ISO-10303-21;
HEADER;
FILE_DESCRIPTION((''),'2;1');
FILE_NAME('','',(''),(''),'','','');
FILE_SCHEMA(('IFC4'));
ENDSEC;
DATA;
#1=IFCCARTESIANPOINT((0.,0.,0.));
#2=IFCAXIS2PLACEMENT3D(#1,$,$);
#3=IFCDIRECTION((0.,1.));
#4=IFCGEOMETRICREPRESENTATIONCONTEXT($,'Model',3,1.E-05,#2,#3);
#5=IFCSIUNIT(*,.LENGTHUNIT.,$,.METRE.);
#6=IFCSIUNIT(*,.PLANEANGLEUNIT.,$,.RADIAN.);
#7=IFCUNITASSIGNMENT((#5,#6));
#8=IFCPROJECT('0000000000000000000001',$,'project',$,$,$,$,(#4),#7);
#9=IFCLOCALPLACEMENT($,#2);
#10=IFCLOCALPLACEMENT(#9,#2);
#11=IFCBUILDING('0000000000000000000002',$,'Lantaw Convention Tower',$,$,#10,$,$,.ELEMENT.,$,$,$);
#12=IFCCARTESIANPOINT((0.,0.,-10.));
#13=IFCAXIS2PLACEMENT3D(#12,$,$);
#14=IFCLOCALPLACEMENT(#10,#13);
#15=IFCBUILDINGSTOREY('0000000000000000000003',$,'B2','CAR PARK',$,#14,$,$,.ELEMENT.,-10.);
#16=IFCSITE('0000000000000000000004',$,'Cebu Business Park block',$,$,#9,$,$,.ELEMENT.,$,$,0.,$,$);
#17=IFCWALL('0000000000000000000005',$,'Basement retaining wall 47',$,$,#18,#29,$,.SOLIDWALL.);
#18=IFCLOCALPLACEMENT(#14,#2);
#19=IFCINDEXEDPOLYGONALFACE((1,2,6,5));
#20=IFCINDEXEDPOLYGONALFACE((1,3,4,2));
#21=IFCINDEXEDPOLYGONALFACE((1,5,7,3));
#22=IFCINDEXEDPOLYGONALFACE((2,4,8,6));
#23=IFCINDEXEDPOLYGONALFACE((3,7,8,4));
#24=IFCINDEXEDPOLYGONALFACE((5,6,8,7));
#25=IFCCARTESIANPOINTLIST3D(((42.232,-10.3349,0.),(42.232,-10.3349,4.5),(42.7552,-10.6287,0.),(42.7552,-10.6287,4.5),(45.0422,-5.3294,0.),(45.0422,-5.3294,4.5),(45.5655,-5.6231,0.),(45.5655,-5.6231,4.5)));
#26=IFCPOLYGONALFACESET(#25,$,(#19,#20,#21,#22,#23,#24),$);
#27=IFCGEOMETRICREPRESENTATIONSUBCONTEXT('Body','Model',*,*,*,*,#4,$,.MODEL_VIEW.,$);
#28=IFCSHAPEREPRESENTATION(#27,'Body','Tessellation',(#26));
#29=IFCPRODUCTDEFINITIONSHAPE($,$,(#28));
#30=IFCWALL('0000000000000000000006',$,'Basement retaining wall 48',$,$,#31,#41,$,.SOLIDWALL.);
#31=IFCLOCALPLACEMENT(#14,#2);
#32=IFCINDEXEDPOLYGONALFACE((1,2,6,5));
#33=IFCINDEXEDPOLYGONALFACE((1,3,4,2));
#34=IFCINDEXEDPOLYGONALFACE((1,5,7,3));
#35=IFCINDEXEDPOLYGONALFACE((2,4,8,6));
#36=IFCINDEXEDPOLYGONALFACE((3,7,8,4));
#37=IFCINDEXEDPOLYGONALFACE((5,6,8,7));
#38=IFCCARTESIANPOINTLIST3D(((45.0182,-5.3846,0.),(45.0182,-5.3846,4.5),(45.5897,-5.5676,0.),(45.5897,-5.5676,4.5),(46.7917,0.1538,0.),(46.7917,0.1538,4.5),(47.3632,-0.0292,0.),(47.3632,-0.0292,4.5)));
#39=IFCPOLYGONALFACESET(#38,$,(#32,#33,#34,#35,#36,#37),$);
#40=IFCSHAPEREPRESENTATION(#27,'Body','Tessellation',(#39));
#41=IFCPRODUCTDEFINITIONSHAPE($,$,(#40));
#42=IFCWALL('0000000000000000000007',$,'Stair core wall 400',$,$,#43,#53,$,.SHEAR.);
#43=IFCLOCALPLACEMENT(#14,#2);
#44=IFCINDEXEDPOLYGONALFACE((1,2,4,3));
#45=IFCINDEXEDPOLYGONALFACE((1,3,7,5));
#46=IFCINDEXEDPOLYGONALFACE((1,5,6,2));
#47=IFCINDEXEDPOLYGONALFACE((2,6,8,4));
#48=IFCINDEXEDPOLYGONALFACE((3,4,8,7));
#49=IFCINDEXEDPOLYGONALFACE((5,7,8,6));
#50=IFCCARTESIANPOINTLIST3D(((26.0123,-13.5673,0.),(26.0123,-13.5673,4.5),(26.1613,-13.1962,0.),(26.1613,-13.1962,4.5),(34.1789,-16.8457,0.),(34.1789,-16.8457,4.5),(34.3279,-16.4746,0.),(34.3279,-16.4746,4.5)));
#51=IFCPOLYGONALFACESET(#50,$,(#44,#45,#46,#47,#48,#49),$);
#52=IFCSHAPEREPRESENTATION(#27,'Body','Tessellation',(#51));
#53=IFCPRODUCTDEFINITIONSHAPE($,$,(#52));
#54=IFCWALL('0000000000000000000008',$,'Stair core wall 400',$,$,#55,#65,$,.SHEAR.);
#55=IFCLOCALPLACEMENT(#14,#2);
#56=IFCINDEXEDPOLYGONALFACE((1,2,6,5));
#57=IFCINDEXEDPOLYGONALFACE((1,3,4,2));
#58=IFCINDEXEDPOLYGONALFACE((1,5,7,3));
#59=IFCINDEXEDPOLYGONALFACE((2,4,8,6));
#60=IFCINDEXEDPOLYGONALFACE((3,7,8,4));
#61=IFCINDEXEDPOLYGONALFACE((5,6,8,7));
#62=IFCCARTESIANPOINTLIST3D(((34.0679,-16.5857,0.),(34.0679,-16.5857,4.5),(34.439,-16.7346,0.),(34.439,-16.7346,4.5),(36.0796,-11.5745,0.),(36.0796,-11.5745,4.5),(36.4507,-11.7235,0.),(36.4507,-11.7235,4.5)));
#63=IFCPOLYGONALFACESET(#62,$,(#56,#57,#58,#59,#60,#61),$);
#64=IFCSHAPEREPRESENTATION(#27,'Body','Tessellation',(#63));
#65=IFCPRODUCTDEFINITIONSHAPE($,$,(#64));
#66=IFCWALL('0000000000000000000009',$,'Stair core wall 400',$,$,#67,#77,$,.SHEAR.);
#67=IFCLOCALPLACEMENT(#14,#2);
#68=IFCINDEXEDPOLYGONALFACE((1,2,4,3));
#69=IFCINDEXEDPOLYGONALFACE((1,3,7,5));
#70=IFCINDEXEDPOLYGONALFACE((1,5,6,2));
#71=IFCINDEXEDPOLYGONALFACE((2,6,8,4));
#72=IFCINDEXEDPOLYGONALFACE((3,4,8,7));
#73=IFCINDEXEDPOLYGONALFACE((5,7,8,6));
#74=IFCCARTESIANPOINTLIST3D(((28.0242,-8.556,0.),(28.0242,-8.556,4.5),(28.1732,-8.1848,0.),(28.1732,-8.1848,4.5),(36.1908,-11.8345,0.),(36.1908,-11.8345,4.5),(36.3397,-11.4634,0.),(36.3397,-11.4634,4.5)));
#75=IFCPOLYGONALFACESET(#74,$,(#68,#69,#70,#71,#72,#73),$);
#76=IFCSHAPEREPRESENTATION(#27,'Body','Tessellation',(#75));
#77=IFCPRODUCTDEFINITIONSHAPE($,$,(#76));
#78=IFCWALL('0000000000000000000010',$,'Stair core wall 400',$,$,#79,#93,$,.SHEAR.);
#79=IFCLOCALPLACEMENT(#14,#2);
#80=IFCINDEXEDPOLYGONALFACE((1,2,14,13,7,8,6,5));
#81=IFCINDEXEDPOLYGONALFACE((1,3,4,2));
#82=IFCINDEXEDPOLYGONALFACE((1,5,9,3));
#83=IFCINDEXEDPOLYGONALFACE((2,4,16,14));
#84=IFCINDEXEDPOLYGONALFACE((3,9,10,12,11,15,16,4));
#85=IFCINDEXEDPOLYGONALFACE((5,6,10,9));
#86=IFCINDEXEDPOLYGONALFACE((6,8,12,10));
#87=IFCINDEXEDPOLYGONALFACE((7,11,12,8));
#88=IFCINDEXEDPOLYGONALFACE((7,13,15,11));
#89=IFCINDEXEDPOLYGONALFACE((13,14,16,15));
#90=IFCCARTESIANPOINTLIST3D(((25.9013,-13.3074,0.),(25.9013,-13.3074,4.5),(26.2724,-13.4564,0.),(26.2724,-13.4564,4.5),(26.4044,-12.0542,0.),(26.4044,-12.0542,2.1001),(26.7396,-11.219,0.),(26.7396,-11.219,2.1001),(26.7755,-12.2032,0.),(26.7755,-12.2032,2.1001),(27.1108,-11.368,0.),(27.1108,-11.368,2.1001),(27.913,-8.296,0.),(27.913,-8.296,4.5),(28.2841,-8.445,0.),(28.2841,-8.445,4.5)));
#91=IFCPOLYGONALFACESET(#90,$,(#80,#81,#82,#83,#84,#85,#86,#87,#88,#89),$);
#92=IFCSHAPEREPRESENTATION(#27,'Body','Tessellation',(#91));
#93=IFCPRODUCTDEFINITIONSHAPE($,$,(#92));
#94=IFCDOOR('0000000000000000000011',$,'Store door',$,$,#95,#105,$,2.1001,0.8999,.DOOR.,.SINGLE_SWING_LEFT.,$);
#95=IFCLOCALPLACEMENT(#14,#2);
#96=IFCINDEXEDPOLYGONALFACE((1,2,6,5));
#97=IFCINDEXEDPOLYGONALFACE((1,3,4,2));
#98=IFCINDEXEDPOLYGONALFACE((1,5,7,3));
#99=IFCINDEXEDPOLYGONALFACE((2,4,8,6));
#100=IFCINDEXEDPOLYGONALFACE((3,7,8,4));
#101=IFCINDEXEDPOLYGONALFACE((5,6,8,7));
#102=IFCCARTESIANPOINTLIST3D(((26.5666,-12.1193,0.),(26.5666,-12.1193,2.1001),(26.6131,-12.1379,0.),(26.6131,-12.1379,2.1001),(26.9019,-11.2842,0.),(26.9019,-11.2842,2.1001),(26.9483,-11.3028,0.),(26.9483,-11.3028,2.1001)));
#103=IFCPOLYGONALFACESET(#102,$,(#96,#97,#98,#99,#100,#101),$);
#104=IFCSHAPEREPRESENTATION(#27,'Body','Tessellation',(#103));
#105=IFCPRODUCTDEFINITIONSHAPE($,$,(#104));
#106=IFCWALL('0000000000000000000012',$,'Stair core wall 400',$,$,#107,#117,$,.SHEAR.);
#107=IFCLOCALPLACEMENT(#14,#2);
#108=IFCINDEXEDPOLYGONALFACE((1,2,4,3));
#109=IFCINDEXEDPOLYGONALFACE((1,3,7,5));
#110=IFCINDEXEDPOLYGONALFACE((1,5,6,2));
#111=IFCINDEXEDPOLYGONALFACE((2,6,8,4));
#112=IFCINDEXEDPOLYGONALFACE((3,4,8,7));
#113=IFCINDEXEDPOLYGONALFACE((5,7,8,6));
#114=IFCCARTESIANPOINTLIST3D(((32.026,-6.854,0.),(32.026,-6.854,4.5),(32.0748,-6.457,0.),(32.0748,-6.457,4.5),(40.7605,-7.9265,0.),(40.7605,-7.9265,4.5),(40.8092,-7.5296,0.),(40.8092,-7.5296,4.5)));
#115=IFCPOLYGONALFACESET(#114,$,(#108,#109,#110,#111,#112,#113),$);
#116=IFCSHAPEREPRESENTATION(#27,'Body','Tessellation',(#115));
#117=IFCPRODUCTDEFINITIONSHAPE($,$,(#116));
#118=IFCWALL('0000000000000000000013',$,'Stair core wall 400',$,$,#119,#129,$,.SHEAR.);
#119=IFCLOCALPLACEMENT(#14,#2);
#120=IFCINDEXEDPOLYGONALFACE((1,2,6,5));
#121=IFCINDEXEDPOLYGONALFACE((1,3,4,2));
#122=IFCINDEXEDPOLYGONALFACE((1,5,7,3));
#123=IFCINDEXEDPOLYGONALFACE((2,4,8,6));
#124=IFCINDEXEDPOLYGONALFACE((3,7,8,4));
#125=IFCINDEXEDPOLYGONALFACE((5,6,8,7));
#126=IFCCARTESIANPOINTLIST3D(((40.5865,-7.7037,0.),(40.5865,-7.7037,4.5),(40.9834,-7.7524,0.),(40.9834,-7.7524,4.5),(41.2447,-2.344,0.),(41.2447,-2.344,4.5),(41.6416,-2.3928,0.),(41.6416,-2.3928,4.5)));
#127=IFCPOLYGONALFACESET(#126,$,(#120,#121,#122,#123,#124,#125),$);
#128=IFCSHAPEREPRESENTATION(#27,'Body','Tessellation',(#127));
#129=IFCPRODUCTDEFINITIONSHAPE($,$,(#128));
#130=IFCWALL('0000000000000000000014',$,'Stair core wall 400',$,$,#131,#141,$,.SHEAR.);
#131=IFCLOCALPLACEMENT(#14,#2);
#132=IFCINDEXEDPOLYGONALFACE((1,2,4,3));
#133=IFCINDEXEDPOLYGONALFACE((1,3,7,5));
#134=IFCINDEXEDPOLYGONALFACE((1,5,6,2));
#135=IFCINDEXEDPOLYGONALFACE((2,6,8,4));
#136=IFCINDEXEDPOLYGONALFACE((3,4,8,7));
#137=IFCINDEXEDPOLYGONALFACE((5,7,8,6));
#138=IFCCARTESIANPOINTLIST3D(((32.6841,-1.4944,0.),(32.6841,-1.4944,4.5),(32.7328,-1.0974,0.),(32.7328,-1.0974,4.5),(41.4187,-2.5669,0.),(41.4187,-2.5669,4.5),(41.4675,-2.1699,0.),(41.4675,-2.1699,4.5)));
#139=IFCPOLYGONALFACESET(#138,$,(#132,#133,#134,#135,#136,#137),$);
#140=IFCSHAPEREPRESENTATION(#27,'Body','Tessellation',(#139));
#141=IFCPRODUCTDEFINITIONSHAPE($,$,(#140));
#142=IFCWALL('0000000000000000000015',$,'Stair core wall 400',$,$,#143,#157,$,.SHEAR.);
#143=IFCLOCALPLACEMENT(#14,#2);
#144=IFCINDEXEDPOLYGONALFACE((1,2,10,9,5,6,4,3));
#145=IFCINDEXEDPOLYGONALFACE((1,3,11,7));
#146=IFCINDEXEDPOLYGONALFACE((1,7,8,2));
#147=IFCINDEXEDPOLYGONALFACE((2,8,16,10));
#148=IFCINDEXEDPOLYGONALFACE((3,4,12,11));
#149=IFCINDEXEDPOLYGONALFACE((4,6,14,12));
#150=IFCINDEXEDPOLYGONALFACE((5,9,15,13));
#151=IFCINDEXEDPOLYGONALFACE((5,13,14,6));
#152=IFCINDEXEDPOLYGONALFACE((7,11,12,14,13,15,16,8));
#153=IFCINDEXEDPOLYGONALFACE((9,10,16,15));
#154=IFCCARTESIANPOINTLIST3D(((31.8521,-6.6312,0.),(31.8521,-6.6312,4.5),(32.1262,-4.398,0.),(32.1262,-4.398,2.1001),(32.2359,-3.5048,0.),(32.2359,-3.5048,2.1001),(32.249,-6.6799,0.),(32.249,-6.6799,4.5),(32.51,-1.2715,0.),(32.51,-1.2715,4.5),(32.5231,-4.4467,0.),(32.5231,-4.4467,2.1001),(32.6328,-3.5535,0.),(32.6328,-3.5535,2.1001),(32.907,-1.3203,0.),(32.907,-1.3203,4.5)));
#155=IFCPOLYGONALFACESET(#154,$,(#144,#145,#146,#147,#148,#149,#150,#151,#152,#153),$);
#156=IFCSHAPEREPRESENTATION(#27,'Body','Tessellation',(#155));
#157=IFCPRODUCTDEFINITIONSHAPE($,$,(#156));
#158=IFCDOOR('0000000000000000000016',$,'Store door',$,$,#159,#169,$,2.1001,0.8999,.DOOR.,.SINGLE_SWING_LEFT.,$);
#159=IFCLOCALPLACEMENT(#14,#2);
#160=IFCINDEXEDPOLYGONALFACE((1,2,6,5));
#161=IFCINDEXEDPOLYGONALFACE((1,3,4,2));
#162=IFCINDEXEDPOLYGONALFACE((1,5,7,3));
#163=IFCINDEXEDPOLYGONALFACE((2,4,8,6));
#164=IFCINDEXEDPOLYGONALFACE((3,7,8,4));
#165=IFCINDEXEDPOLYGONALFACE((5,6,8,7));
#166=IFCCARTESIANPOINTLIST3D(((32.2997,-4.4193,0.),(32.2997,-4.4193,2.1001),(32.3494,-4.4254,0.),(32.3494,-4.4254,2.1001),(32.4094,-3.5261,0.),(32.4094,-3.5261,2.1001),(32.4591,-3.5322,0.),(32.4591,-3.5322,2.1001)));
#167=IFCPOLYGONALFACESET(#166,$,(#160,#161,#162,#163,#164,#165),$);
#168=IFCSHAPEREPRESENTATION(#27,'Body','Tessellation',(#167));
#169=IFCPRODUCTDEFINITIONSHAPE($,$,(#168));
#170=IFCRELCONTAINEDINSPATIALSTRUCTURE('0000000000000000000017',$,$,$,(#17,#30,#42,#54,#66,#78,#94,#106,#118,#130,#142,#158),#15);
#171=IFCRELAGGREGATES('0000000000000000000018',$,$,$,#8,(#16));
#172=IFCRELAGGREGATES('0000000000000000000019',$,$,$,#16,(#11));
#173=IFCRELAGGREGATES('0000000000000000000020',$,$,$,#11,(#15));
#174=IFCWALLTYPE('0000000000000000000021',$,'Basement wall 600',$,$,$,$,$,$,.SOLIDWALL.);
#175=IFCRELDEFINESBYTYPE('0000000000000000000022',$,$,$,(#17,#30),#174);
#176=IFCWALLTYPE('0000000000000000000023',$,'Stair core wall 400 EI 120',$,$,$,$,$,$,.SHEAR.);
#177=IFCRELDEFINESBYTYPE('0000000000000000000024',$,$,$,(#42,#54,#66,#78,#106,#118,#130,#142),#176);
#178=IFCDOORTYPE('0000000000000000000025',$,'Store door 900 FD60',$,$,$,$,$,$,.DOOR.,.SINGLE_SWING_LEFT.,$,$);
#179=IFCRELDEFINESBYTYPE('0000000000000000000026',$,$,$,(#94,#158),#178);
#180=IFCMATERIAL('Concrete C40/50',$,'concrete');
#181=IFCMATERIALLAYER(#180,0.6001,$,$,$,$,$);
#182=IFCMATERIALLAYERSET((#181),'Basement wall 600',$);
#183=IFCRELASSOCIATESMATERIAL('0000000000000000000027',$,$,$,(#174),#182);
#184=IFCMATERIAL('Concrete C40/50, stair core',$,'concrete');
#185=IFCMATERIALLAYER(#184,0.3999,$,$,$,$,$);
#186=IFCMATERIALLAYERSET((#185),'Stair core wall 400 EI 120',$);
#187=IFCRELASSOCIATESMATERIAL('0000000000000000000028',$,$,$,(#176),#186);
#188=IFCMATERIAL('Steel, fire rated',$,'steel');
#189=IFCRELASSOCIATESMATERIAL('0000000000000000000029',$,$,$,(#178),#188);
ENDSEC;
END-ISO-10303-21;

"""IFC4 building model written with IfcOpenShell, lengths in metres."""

from ifc_helpers import new_model, si_unit, direction, frame, frame_2d, origin, place, context, subcontext, project, spatial, rectangle, extrude, material, layer, layer_set, type_object, element, fill, save


model = new_model("IFC4")

# Units and contexts
model_context = context("Model", 3, precision=1e-05, world=origin(), true_north=direction((0.0, 1.0)))
body_context = subcontext(model_context, "Body", "Model", "MODEL_VIEW")
ifc_project = project(units=[si_unit("LENGTHUNIT", "METRE"), si_unit("PLANEANGLEUNIT", "RADIAN")], contexts=[model_context])

# Site, building, storey
site_placement = place(None, origin())
site = spatial("IfcSite", under=ifc_project, at=site_placement, Name="Cebu Business Park block", CompositionType="ELEMENT", RefElevation=0.0)
building_placement = place(site_placement, origin())
building = spatial("IfcBuilding", under=site, at=building_placement, Name="Lantaw Convention Tower", CompositionType="ELEMENT")
storey_placement = place(building_placement, frame((0.0, 0.0, -10.0)))
storey = spatial("IfcBuildingStorey", under=building, at=storey_placement, Name="B2", Description="CAR PARK", CompositionType="ELEMENT", Elevation=-10.0)

# Walls
ifc_material_1 = material(Name="Concrete C40/50", Category="concrete")
ifc_layer_1 = layer(ifc_material_1, 0.6001)
ifc_layer_set_1 = layer_set([ifc_layer_1], Name="Basement wall 600")
wall_type_1 = type_object("IfcWallType", Name="Basement wall 600", PredefinedType="SOLIDWALL", material=ifc_layer_set_1)
wall_1_placement = place(storey_placement, frame((42.4937, -10.4817, 0.0), z_axis=(0.0, 0.0, 1.0), x_axis=(0.489552, 0.871974, 0.0)))
element("IfcWall", 1, at=wall_1_placement, inside=storey, type_object=wall_type_1, Name="Basement retaining wall 47", PredefinedType="SOLIDWALL", context=body_context, shape_type="SweptSolid", body=[
    extrude(rectangle(XDim=5.7405, YDim=0.6001, at=frame_2d((2.8701, 0.0))), origin(), (0.0, 0.0, 1.0), 4.5),
])
wall_2_placement = place(storey_placement, frame((45.304, -5.4761, 0.0), z_axis=(0.0, 0.0, 1.0), x_axis=(0.304959, 0.952366, 0.0)))
element("IfcWall", 2, at=wall_2_placement, inside=storey, type_object=wall_type_1, Name="Basement retaining wall 48", PredefinedType="SOLIDWALL", context=body_context, shape_type="SweptSolid", body=[
    extrude(rectangle(XDim=5.8154, YDim=0.6001, at=frame_2d((2.9077, 0.0))), origin(), (0.0, 0.0, 1.0), 4.5),
])
ifc_material_2 = material(Name="Concrete C40/50, stair core", Category="concrete")
ifc_layer_2 = layer(ifc_material_2, 0.3999)
ifc_layer_set_2 = layer_set([ifc_layer_2], Name="Stair core wall 400 EI 120")
wall_type_2 = type_object("IfcWallType", Name="Stair core wall 400 EI 120", PredefinedType="SHEAR", material=ifc_layer_set_2)
wall_3_placement = place(storey_placement, frame((26.0869, -13.3818, 0.0), z_axis=(0.0, 0.0, 1.0), x_axis=(0.928017, -0.372538, 0.0)))
element("IfcWall", 3, at=wall_3_placement, inside=storey, type_object=wall_type_2, Name="Stair core wall 400", PredefinedType="SHEAR", context=body_context, shape_type="SweptSolid", body=[
    extrude(rectangle(XDim=8.8, YDim=0.3999, at=frame_2d((4.3999, 0.0))), origin(), (0.0, 0.0, 1.0), 4.5),
])
wall_4_placement = place(storey_placement, frame((34.2534, -16.6602, 0.0), z_axis=(0.0, 0.0, 1.0), x_axis=(0.372544, 0.928015, 0.0)))
element("IfcWall", 4, at=wall_4_placement, inside=storey, type_object=wall_type_2, Name="Stair core wall 400", PredefinedType="SHEAR", context=body_context, shape_type="SweptSolid", body=[
    extrude(rectangle(XDim=5.3999, YDim=0.3999, at=frame_2d((2.7, 0.0))), origin(), (0.0, 0.0, 1.0), 4.5),
])
wall_5_placement = place(storey_placement, frame((36.2651, -11.6489, 0.0), z_axis=(0.0, 0.0, 1.0), x_axis=(-0.928007, 0.372562, 0.0)))
element("IfcWall", 5, at=wall_5_placement, inside=storey, type_object=wall_type_2, Name="Stair core wall 400", PredefinedType="SHEAR", context=body_context, shape_type="SweptSolid", body=[
    extrude(rectangle(XDim=8.8, YDim=0.3999, at=frame_2d((4.3999, 0.0))), origin(), (0.0, 0.0, 1.0), 4.5),
])

# Wall, opening, door
wall_6_placement = place(storey_placement, frame((28.0986, -8.3704, 0.0), z_axis=(0.0, 0.0, 1.0), x_axis=(-0.372528, -0.928021, 0.0)))
wall_6 = element("IfcWall", 6, at=wall_6_placement, inside=storey, type_object=wall_type_2, Name="Stair core wall 400", PredefinedType="SHEAR", context=body_context, shape_type="SweptSolid", body=[
    extrude(rectangle(XDim=5.4001, YDim=0.3999, at=frame_2d((2.7002, 0.0))), origin(), (0.0, 0.0, 1.0), 4.5),
])
opening_1_placement = place(wall_6_placement, frame((3.1499, 0.0, 0.0)))
opening_1 = element("IfcOpeningElement", 7, at=opening_1_placement, cuts=wall_6, PredefinedType="OPENING", context=body_context, shape_type="SweptSolid", body=[
    extrude(rectangle(XDim=0.8999, YDim=2.1001, at=frame_2d((0.45, 1.05))), frame((0.0, 0.21, 0.0), z_axis=(0.0, -1.0, 0.0), x_axis=(1.0, 0.0, 0.0)), (0.0, 0.0, 1.0), 0.4199),
])
ifc_material_3 = material(Name="Steel, fire rated", Category="steel")
door_type = type_object("IfcDoorType", Name="Store door 900 FD60", OperationType="SINGLE_SWING_LEFT", PredefinedType="DOOR", material=ifc_material_3)
door_1_placement = place(opening_1_placement, origin())
door_1 = element("IfcDoor", 8, at=door_1_placement, inside=storey, type_object=door_type, Name="Store door", OperationType="SINGLE_SWING_LEFT", OverallHeight=2.1001, OverallWidth=0.8999, PredefinedType="DOOR", context=body_context, shape_type="SweptSolid", body=[
    extrude(rectangle(XDim=0.8999, YDim=2.1001, at=frame_2d((0.45, 1.05))), frame((0.0, 0.0249, 0.0), z_axis=(0.0, -1.0, 0.0), x_axis=(1.0, 0.0, 0.0)), (0.0, 0.0, 1.0), 0.05),
])
fill(opening_1, door_1)

# Walls
wall_7_placement = place(storey_placement, frame((32.0505, -6.6555, 0.0), z_axis=(0.0, 0.0, 1.0), x_axis=(0.992545, -0.121876, 0.0)))
element("IfcWall", 9, at=wall_7_placement, inside=storey, type_object=wall_type_2, Name="Stair core wall 400", PredefinedType="SHEAR", context=body_context, shape_type="SweptSolid", body=[
    extrude(rectangle(XDim=8.8, YDim=0.3999, at=frame_2d((4.3999, 0.0))), origin(), (0.0, 0.0, 1.0), 4.5),
])
wall_8_placement = place(storey_placement, frame((40.7849, -7.728, 0.0), z_axis=(0.0, 0.0, 1.0), x_axis=(0.121892, 0.992543, 0.0)))
element("IfcWall", 10, at=wall_8_placement, inside=storey, type_object=wall_type_2, Name="Stair core wall 400", PredefinedType="SHEAR", context=body_context, shape_type="SweptSolid", body=[
    extrude(rectangle(XDim=5.3999, YDim=0.3999, at=frame_2d((2.7, 0.0))), origin(), (0.0, 0.0, 1.0), 4.5),
])
wall_9_placement = place(storey_placement, frame((41.4431, -2.3684, 0.0), z_axis=(0.0, 0.0, 1.0), x_axis=(-0.992546, 0.121873, 0.0)))
element("IfcWall", 11, at=wall_9_placement, inside=storey, type_object=wall_type_2, Name="Stair core wall 400", PredefinedType="SHEAR", context=body_context, shape_type="SweptSolid", body=[
    extrude(rectangle(XDim=8.8003, YDim=0.3999, at=frame_2d((4.4001, 0.0))), origin(), (0.0, 0.0, 1.0), 4.5),
])

# Wall, opening, door
wall_10_placement = place(storey_placement, frame((32.7085, -1.2959, 0.0), z_axis=(0.0, 0.0, 1.0), x_axis=(-0.121848, -0.992549, 0.0)))
wall_10 = element("IfcWall", 12, at=wall_10_placement, inside=storey, type_object=wall_type_2, Name="Stair core wall 400", PredefinedType="SHEAR", context=body_context, shape_type="SweptSolid", body=[
    extrude(rectangle(XDim=5.3999, YDim=0.3999, at=frame_2d((2.7, 0.0))), origin(), (0.0, 0.0, 1.0), 4.5),
])
opening_2_placement = place(wall_10_placement, frame((2.25, 0.0, 0.0)))
opening_2 = element("IfcOpeningElement", 13, at=opening_2_placement, cuts=wall_10, PredefinedType="OPENING", context=body_context, shape_type="SweptSolid", body=[
    extrude(rectangle(XDim=0.8999, YDim=2.1001, at=frame_2d((0.45, 1.05))), frame((0.0, 0.21, 0.0), z_axis=(0.0, -1.0, 0.0), x_axis=(1.0, 0.0, 0.0)), (0.0, 0.0, 1.0), 0.4199),
])
door_2_placement = place(opening_2_placement, origin())
door_2 = element("IfcDoor", 14, at=door_2_placement, inside=storey, type_object=door_type, Name="Store door", OperationType="SINGLE_SWING_LEFT", OverallHeight=2.1001, OverallWidth=0.8999, PredefinedType="DOOR", context=body_context, shape_type="SweptSolid", body=[
    extrude(rectangle(XDim=0.8999, YDim=2.1001, at=frame_2d((0.45, 1.05))), frame((0.0, 0.0249, 0.0), z_axis=(0.0, -1.0, 0.0), x_axis=(1.0, 0.0, 0.0)), (0.0, 0.0, 1.0), 0.05),
])
fill(opening_2, door_2)

save(model, "model.ifc")
